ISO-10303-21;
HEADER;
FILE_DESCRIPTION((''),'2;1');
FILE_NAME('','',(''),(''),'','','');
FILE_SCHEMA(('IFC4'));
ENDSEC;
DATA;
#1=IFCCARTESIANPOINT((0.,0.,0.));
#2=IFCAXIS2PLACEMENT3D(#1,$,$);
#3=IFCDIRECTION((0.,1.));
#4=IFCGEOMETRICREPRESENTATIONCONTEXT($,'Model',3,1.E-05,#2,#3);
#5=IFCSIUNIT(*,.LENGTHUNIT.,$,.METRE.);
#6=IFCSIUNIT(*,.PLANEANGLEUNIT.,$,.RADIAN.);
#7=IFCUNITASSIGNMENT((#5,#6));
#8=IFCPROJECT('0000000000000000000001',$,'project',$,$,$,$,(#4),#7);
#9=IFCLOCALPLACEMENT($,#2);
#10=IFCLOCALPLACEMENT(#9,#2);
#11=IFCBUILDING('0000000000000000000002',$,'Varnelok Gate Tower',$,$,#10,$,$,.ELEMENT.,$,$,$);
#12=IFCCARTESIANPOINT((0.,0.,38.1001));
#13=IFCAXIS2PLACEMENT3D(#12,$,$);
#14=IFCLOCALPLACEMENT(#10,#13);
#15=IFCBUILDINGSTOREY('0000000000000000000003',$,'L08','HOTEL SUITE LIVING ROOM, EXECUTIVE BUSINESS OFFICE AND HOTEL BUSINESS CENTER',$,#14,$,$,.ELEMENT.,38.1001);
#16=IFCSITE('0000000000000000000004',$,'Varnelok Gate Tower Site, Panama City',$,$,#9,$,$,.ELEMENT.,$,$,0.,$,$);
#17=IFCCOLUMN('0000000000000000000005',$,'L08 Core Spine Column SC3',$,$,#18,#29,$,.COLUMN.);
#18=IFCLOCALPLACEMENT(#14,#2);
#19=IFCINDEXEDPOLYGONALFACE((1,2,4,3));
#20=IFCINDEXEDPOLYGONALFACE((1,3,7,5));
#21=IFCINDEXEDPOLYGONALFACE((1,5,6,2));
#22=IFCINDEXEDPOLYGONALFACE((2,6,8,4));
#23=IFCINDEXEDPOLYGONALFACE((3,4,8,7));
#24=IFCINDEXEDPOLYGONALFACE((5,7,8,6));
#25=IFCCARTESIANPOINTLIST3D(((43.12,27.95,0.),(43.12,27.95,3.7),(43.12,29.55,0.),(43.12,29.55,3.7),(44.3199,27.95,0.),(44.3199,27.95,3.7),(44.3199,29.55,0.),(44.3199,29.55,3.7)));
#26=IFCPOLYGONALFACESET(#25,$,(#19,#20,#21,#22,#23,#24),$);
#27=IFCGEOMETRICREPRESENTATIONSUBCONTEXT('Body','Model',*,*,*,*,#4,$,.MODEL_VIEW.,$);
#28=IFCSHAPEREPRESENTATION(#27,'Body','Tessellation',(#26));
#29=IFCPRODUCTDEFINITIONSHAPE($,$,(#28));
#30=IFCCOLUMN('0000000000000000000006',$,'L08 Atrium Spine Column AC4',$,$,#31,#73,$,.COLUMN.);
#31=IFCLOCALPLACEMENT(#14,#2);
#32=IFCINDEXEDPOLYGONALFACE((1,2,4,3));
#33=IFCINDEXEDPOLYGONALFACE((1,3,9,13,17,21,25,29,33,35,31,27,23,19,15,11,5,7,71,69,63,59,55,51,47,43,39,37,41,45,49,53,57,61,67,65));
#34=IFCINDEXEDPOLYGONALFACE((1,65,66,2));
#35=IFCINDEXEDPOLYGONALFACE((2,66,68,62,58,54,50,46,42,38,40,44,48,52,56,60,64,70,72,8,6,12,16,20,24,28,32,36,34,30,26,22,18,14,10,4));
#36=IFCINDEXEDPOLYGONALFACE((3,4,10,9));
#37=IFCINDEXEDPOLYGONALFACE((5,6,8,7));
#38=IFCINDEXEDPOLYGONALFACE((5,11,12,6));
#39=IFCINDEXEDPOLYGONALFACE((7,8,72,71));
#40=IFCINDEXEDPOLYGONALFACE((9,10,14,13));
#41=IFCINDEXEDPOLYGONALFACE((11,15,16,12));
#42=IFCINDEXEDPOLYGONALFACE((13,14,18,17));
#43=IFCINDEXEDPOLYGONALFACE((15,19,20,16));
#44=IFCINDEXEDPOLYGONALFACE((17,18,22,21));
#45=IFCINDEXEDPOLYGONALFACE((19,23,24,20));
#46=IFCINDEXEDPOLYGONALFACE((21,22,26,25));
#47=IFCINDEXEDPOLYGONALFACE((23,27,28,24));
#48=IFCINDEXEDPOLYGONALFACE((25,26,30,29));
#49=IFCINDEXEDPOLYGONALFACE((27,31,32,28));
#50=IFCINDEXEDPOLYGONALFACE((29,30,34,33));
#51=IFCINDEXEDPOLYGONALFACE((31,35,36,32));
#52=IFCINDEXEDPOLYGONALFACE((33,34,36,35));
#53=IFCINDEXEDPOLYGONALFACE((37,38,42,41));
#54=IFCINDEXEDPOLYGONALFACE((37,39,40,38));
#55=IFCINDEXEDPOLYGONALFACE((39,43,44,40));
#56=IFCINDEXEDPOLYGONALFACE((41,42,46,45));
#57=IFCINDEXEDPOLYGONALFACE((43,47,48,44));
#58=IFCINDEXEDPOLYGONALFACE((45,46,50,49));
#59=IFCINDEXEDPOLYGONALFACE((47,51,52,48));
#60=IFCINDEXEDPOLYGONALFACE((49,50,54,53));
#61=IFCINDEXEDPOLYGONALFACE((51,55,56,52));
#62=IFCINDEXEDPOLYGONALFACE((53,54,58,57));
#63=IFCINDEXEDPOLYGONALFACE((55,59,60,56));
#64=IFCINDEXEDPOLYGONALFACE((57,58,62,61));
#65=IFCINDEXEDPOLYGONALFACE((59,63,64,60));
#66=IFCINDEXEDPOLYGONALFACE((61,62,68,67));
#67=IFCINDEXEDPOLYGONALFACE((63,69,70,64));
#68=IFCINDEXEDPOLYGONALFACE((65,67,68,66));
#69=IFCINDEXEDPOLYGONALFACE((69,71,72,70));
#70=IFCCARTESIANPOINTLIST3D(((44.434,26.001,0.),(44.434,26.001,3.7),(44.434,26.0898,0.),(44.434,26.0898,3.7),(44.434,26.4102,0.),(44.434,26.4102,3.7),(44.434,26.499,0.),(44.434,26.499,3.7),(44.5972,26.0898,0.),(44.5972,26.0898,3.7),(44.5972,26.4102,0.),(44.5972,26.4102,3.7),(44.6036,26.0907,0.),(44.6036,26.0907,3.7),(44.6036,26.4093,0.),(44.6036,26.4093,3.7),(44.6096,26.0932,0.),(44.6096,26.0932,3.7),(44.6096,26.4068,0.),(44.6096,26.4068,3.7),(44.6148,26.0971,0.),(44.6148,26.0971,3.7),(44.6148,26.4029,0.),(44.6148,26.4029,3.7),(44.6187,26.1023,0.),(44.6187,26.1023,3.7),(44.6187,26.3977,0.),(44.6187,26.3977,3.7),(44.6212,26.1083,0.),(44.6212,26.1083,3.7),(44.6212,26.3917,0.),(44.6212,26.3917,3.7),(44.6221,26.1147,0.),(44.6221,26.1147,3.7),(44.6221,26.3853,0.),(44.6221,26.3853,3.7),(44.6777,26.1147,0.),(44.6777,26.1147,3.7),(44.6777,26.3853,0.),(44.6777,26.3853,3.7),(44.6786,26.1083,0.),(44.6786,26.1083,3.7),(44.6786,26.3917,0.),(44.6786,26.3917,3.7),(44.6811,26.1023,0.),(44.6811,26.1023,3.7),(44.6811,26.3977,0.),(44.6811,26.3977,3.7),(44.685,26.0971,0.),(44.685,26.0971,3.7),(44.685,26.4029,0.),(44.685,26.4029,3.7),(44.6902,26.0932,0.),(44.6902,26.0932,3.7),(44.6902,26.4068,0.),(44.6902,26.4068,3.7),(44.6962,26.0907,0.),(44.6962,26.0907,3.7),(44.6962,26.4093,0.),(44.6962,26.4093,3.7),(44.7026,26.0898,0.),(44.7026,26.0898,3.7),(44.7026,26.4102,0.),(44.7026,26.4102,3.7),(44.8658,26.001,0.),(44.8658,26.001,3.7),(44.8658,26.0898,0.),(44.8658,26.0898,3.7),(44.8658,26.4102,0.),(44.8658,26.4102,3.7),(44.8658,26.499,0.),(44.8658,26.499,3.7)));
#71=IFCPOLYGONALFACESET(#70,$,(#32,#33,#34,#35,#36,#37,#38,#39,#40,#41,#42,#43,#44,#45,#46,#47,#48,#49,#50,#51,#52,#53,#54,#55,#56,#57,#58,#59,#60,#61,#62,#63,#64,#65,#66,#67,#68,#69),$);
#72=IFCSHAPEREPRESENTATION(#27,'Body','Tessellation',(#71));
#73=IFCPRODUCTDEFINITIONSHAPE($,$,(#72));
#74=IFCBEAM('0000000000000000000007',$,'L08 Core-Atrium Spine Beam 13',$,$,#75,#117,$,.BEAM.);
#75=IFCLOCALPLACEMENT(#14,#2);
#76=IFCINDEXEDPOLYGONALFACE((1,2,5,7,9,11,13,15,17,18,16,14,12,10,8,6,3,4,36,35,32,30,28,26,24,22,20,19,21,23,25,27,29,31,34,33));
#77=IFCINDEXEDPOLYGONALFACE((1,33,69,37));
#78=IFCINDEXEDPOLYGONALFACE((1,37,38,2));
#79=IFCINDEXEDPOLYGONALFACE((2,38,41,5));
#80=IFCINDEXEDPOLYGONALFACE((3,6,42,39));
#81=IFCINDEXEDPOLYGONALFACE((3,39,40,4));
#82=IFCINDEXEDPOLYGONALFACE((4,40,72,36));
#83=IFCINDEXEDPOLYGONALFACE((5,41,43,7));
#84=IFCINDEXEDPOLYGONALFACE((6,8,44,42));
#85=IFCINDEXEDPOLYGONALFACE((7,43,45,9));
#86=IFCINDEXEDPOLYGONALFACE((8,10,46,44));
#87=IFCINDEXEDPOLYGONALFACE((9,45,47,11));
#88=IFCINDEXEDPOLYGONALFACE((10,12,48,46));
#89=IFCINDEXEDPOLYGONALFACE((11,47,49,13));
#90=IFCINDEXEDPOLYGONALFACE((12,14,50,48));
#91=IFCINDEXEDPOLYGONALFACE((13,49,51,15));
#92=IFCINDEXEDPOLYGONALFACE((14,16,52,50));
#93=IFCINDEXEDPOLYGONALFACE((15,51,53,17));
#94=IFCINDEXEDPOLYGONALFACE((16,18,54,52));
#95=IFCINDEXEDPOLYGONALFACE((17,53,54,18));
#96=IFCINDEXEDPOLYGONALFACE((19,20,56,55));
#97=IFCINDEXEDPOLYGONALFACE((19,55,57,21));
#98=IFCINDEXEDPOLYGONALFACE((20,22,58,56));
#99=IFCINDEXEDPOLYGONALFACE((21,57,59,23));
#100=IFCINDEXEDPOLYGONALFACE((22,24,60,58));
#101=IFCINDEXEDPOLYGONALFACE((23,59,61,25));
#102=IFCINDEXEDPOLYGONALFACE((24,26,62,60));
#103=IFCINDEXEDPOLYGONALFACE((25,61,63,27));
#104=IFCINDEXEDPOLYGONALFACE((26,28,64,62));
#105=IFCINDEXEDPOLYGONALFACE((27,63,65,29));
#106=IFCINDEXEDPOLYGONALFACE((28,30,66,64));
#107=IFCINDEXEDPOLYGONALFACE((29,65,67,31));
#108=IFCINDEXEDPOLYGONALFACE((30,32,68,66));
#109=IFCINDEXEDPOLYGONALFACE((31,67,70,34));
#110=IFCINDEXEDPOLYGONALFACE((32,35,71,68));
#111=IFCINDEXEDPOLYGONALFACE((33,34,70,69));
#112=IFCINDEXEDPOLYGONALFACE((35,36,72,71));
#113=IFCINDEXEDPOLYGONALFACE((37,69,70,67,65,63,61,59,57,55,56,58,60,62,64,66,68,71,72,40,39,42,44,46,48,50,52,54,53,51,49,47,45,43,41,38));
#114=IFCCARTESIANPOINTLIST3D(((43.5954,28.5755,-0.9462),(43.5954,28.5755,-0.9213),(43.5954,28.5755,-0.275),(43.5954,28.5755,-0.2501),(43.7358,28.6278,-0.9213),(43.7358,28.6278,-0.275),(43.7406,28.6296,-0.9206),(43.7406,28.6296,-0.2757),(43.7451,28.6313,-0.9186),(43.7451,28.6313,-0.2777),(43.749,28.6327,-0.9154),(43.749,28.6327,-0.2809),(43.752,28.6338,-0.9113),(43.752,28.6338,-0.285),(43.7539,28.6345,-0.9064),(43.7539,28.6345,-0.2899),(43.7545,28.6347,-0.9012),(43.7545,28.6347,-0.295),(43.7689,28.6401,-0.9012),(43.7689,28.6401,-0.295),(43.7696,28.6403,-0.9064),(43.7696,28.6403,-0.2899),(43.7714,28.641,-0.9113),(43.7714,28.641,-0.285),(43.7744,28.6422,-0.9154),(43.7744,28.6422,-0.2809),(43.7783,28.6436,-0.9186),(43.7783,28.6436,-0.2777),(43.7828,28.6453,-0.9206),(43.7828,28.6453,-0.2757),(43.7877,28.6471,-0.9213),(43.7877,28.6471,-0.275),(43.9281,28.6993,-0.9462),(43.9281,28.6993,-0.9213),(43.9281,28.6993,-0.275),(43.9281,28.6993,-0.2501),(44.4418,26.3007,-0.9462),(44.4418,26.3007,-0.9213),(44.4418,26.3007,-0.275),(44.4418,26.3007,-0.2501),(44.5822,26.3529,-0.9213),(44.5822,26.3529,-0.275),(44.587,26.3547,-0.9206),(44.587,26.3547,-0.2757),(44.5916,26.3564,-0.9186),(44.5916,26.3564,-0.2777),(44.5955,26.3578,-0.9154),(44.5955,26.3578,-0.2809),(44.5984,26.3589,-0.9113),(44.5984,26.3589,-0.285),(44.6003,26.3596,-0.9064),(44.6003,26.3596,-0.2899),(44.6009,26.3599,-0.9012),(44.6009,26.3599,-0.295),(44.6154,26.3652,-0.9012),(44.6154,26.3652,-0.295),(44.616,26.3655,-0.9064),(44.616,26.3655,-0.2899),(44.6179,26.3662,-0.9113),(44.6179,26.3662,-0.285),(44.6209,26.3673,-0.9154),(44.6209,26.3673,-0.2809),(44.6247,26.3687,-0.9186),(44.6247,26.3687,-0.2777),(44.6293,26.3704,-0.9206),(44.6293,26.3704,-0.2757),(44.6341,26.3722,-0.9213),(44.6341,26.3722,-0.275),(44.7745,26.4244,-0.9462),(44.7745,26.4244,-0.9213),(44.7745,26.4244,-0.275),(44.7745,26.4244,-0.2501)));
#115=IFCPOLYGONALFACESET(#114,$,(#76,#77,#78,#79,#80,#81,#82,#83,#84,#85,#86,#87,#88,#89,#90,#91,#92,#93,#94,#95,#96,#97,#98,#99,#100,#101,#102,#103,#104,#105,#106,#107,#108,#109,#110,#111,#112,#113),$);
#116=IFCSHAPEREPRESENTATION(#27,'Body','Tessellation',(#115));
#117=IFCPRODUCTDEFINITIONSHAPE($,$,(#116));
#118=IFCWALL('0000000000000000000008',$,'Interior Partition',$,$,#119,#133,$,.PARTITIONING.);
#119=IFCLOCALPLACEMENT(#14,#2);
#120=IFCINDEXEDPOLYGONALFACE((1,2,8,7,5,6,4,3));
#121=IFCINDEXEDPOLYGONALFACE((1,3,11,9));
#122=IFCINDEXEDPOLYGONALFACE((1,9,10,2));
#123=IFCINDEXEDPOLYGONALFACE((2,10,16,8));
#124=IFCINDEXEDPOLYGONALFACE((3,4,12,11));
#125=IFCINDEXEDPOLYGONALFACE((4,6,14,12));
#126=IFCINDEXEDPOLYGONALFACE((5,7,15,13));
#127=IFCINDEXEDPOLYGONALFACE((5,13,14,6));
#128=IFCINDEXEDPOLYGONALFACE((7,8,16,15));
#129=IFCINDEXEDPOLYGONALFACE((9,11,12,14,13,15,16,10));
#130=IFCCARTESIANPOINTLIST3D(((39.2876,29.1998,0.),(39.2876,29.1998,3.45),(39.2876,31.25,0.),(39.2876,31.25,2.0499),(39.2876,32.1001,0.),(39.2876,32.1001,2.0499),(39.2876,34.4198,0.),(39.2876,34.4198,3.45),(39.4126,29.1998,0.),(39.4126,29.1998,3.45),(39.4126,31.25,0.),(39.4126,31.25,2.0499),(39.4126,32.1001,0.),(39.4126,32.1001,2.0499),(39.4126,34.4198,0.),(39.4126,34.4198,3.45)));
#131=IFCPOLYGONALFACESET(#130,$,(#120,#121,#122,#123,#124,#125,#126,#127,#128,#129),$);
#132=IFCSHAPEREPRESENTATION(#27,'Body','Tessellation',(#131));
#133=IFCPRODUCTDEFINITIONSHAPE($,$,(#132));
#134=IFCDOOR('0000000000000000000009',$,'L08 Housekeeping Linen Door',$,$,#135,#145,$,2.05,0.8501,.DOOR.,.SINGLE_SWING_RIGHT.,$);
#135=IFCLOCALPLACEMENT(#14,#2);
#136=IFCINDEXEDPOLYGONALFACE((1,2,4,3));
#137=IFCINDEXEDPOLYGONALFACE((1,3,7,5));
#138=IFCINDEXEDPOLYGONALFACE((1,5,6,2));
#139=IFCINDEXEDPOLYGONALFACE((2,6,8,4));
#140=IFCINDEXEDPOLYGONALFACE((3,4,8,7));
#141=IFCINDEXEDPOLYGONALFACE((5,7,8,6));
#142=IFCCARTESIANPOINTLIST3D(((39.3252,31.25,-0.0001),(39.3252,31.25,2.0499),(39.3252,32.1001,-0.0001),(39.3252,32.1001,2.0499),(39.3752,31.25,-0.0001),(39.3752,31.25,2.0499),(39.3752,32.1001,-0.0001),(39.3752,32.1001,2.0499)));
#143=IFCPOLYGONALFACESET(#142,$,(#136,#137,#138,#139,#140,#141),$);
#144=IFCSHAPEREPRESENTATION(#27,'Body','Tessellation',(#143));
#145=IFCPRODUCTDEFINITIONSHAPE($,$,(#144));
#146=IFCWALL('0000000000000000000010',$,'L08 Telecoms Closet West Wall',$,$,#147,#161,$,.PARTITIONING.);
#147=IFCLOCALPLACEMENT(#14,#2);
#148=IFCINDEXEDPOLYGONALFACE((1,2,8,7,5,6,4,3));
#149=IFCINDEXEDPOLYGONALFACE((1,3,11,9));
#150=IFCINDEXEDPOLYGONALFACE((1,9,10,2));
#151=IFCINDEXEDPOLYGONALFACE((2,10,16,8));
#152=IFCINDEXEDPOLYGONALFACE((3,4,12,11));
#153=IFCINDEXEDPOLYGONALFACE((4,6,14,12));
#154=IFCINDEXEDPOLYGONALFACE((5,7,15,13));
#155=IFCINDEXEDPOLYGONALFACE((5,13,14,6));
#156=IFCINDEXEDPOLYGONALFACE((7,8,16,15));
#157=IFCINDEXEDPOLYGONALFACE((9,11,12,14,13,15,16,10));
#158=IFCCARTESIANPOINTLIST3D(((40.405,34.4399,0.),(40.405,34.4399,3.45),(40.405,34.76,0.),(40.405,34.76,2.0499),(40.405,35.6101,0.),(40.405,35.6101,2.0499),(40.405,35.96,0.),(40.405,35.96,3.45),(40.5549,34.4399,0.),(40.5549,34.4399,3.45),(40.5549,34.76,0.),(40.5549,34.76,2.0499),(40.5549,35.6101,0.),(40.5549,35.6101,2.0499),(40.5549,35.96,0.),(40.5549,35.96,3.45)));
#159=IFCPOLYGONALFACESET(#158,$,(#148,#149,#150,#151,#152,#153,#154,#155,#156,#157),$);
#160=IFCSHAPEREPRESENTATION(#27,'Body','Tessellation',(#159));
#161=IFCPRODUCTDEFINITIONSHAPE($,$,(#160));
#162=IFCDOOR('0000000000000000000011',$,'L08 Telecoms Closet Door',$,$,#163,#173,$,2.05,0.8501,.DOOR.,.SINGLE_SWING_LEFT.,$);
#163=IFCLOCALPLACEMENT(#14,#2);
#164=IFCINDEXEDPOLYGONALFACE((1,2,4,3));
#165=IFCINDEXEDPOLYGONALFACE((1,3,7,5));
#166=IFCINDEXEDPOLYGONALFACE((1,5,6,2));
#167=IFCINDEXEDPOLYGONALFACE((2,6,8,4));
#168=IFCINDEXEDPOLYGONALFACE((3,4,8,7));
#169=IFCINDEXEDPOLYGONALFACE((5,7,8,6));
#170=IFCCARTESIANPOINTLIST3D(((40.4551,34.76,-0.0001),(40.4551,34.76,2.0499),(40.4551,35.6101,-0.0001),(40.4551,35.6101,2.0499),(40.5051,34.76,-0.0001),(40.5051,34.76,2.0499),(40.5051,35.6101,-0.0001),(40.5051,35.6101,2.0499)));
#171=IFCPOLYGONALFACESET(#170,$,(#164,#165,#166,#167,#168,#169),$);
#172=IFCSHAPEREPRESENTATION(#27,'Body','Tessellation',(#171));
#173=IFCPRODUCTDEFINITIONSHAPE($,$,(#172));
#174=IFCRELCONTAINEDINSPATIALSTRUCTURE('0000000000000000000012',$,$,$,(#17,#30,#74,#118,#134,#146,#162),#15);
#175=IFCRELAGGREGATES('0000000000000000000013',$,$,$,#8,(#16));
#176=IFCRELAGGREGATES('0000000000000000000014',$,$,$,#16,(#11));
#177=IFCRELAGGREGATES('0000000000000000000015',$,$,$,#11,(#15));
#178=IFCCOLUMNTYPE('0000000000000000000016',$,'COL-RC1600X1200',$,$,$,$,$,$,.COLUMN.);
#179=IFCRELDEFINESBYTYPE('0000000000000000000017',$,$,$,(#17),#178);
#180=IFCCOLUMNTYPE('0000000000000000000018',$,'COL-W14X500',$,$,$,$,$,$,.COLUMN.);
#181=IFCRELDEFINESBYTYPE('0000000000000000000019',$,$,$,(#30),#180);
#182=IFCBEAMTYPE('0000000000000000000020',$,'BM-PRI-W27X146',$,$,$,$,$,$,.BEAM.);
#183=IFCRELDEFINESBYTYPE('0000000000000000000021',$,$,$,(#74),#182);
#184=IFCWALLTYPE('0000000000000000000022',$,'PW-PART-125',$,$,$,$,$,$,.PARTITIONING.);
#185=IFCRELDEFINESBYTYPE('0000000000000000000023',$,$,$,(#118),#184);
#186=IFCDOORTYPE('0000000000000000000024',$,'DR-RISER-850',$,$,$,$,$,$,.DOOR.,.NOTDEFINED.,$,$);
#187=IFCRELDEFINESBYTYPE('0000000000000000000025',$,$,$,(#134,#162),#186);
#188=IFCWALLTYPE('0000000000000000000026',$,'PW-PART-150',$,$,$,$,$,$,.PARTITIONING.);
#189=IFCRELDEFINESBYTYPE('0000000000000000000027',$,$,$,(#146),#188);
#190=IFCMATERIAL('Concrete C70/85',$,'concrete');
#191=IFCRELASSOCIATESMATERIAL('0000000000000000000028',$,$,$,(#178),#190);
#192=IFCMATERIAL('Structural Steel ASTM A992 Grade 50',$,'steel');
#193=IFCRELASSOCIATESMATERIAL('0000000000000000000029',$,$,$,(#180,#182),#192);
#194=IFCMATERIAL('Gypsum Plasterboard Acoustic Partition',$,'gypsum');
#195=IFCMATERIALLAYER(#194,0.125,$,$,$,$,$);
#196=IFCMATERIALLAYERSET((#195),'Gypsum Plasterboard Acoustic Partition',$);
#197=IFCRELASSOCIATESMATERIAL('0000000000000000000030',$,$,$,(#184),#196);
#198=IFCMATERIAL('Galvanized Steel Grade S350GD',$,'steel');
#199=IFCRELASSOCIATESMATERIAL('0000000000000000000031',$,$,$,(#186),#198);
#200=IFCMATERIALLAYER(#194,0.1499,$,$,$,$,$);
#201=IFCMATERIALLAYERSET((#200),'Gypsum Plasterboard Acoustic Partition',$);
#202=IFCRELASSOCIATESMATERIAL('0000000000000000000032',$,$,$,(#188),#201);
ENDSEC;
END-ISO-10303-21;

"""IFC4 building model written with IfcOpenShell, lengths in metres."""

from ifc_helpers import new_model, si_unit, direction, frame, frame_2d, origin, origin_2d, place, context, subcontext, project, spatial, rectangle, i_section, extrude, material, layer, layer_set, material_profile, profile_set, type_object, element, fill, save


model = new_model("IFC4")

# Units and contexts
model_context = context("Model", 3, precision=1e-05, world=origin(), true_north=direction((0.0, 1.0)))
body_context = subcontext(model_context, "Body", "Model", "MODEL_VIEW")
ifc_project = project(units=[si_unit("LENGTHUNIT", "METRE"), si_unit("PLANEANGLEUNIT", "RADIAN")], contexts=[model_context])

# Site, building, storey
site_placement = place(None, origin())
site = spatial("IfcSite", under=ifc_project, at=site_placement, Name="Varnelok Gate Tower Site, Panama City", CompositionType="ELEMENT", RefElevation=0.0)
building_placement = place(site_placement, origin())
building = spatial("IfcBuilding", under=site, at=building_placement, Name="Varnelok Gate Tower", CompositionType="ELEMENT")
storey_placement = place(building_placement, frame((0.0, 0.0, 38.1001)))
storey = spatial("IfcBuildingStorey", under=building, at=storey_placement, Name="L08", Description="HOTEL SUITE LIVING ROOM, EXECUTIVE BUSINESS OFFICE AND HOTEL BUSINESS CENTER", CompositionType="ELEMENT", Elevation=38.1001)

# Columns
ifc_material_1 = material(Name="Concrete C70/85", Category="concrete")
ifc_material_profile_1 = material_profile(ifc_material_1, rectangle(XDim=1.2, YDim=1.6001, at=origin_2d()), Name="RC1600X1200")
ifc_profile_set_1 = profile_set([ifc_material_profile_1], Name="Concrete C70/85")
column_type_1 = type_object("IfcColumnType", Name="COL-RC1600X1200", PredefinedType="COLUMN", material=ifc_profile_set_1)
column_1_placement = place(storey_placement, frame((43.72, 28.75, 0.0), z_axis=(0.0, 0.0, 1.0), x_axis=(1.0, 0.0, 0.0)))
element("IfcColumn", 1, at=column_1_placement, inside=storey, type_object=column_type_1, Name="L08 Core Spine Column SC3", PredefinedType="COLUMN", context=body_context, shape_type="SweptSolid", body=[
    extrude(rectangle(XDim=1.2, YDim=1.6001, at=origin_2d()), origin(), (0.0, 0.0, 1.0), 3.7),
])
ifc_material_2 = material(Name="Structural Steel ASTM A992 Grade 50", Category="steel")
ifc_material_profile_2 = material_profile(ifc_material_2, i_section(OverallWidth=0.4319, OverallDepth=0.498, WebThickness=0.0557, FlangeThickness=0.0889, FilletRadius=0.0249, at=origin_2d()), Name="W14X500")
ifc_profile_set_2 = profile_set([ifc_material_profile_2], Name="Structural Steel ASTM A992 Grade 50")
column_type_2 = type_object("IfcColumnType", Name="COL-W14X500", PredefinedType="COLUMN", material=ifc_profile_set_2)
column_2_placement = place(storey_placement, frame((44.6499, 26.25, 0.0), z_axis=(0.0, 0.0, 1.0), x_axis=(1.0, 0.0, 0.0)))
element("IfcColumn", 2, at=column_2_placement, inside=storey, type_object=column_type_2, Name="L08 Atrium Spine Column AC4", PredefinedType="COLUMN", context=body_context, shape_type="SweptSolid", body=[
    extrude(i_section(OverallWidth=0.4319, OverallDepth=0.498, WebThickness=0.0557, FlangeThickness=0.0889, FilletRadius=0.0249, at=origin_2d()), origin(), (0.0, 0.0, 1.0), 3.7),
])

# Beam
ifc_material_profile_3 = material_profile(ifc_material_2, i_section(OverallWidth=0.355, OverallDepth=0.696, WebThickness=0.0154, FlangeThickness=0.0249, FilletRadius=0.02, at=origin_2d()), Name="W27X146")
ifc_profile_set_3 = profile_set([ifc_material_profile_3], Name="Structural Steel ASTM A992 Grade 50")
beam_type = type_object("IfcBeamType", Name="BM-PRI-W27X146", PredefinedType="BEAM", material=ifc_profile_set_3)
beam_placement = place(storey_placement, frame((44.6082, 26.3625, -0.5981), z_axis=(-0.348719, 0.937227, 0.0), x_axis=(-0.937227, -0.348719, 0.0)))
element("IfcBeam", 3, at=beam_placement, inside=storey, type_object=beam_type, Name="L08 Core-Atrium Spine Beam 13", PredefinedType="BEAM", context=body_context, shape_type="SweptSolid", body=[
    extrude(i_section(OverallWidth=0.355, OverallDepth=0.696, WebThickness=0.0154, FlangeThickness=0.0249, FilletRadius=0.02, at=origin_2d()), origin(), (0.0, 0.0, 1.0), 2.4272),
])

# Walls, openings, doors
ifc_material_3 = material(Name="Gypsum Plasterboard Acoustic Partition", Category="gypsum")
ifc_layer_1 = layer(ifc_material_3, 0.125)
ifc_layer_set_1 = layer_set([ifc_layer_1], Name="Gypsum Plasterboard Acoustic Partition")
wall_type_1 = type_object("IfcWallType", Name="PW-PART-125", PredefinedType="PARTITIONING", material=ifc_layer_set_1)
wall_1_placement = place(storey_placement, frame((39.3501, 29.2, 0.0), z_axis=(0.0, 0.0, 1.0), x_axis=(0.0, 1.0, 0.0)))
wall_1 = element("IfcWall", 4, at=wall_1_placement, inside=storey, type_object=wall_type_1, Name="Interior Partition", PredefinedType="PARTITIONING", context=body_context, shape_type="SweptSolid", body=[
    extrude(rectangle(XDim=5.22, YDim=0.125, at=frame_2d((2.6099, 0.0))), origin(), (0.0, 0.0, 1.0), 3.45),
])
opening_1_placement = place(wall_1_placement, frame((2.05, 0.0, 0.0)))
opening_1 = element("IfcOpeningElement", 5, at=opening_1_placement, cuts=wall_1, PredefinedType="OPENING", context=body_context, shape_type="SweptSolid", body=[
    extrude(rectangle(XDim=0.8501, YDim=2.05, at=frame_2d((0.425, 1.0249))), frame((0.0, 0.0725, 0.0), z_axis=(0.0, -1.0, 0.0), x_axis=(1.0, 0.0, 0.0)), (0.0, 0.0, 1.0), 0.145),
])
ifc_material_4 = material(Name="Galvanized Steel Grade S350GD", Category="steel")
door_type_1 = type_object("IfcDoorType", Name="DR-RISER-850", OperationType="NOTDEFINED", PredefinedType="DOOR", material=ifc_material_4)
door_1_placement = place(opening_1_placement, origin())
door_1 = element("IfcDoor", 6, at=door_1_placement, inside=storey, type_object=door_type_1, Name="L08 Housekeeping Linen Door", OperationType="SINGLE_SWING_RIGHT", OverallHeight=2.05, OverallWidth=0.8501, PredefinedType="DOOR", context=body_context, shape_type="SweptSolid", body=[
    extrude(rectangle(XDim=0.8501, YDim=2.05, at=frame_2d((0.425, 1.0249))), frame((0.0, 0.0249, 0.0), z_axis=(0.0, -1.0, 0.0), x_axis=(1.0, 0.0, 0.0)), (0.0, 0.0, 1.0), 0.05),
])
fill(opening_1, door_1)
ifc_layer_2 = layer(ifc_material_3, 0.1499)
ifc_layer_set_2 = layer_set([ifc_layer_2], Name="Gypsum Plasterboard Acoustic Partition")
wall_type_2 = type_object("IfcWallType", Name="PW-PART-150", PredefinedType="PARTITIONING", material=ifc_layer_set_2)
wall_2_placement = place(storey_placement, frame((40.48, 34.4399, 0.0), z_axis=(0.0, 0.0, 1.0), x_axis=(0.0, 1.0, 0.0)))
wall_2 = element("IfcWall", 7, at=wall_2_placement, inside=storey, type_object=wall_type_2, Name="L08 Telecoms Closet West Wall", PredefinedType="PARTITIONING", context=body_context, shape_type="SweptSolid", body=[
    extrude(rectangle(XDim=1.52, YDim=0.1499, at=frame_2d((0.76, 0.0))), origin(), (0.0, 0.0, 1.0), 3.45),
])
opening_2_placement = place(wall_2_placement, frame((0.3201, 0.0, 0.0)))
opening_2 = element("IfcOpeningElement", 8, at=opening_2_placement, cuts=wall_2, PredefinedType="OPENING", context=body_context, shape_type="SweptSolid", body=[
    extrude(rectangle(XDim=0.8501, YDim=2.05, at=frame_2d((0.425, 1.0249))), frame((0.0, 0.085, 0.0), z_axis=(0.0, -1.0, 0.0), x_axis=(1.0, 0.0, 0.0)), (0.0, 0.0, 1.0), 0.1699),
])
door_2_placement = place(opening_2_placement, origin())
door_2 = element("IfcDoor", 9, at=door_2_placement, inside=storey, type_object=door_type_1, Name="L08 Telecoms Closet Door", OperationType="SINGLE_SWING_LEFT", OverallHeight=2.05, OverallWidth=0.8501, PredefinedType="DOOR", context=body_context, shape_type="SweptSolid", body=[
    extrude(rectangle(XDim=0.8501, YDim=2.05, at=frame_2d((0.425, 1.0249))), frame((0.0, 0.0249, 0.0), z_axis=(0.0, -1.0, 0.0), x_axis=(1.0, 0.0, 0.0)), (0.0, 0.0, 1.0), 0.05),
])
fill(opening_2, door_2)

save(model, "model.ifc")
